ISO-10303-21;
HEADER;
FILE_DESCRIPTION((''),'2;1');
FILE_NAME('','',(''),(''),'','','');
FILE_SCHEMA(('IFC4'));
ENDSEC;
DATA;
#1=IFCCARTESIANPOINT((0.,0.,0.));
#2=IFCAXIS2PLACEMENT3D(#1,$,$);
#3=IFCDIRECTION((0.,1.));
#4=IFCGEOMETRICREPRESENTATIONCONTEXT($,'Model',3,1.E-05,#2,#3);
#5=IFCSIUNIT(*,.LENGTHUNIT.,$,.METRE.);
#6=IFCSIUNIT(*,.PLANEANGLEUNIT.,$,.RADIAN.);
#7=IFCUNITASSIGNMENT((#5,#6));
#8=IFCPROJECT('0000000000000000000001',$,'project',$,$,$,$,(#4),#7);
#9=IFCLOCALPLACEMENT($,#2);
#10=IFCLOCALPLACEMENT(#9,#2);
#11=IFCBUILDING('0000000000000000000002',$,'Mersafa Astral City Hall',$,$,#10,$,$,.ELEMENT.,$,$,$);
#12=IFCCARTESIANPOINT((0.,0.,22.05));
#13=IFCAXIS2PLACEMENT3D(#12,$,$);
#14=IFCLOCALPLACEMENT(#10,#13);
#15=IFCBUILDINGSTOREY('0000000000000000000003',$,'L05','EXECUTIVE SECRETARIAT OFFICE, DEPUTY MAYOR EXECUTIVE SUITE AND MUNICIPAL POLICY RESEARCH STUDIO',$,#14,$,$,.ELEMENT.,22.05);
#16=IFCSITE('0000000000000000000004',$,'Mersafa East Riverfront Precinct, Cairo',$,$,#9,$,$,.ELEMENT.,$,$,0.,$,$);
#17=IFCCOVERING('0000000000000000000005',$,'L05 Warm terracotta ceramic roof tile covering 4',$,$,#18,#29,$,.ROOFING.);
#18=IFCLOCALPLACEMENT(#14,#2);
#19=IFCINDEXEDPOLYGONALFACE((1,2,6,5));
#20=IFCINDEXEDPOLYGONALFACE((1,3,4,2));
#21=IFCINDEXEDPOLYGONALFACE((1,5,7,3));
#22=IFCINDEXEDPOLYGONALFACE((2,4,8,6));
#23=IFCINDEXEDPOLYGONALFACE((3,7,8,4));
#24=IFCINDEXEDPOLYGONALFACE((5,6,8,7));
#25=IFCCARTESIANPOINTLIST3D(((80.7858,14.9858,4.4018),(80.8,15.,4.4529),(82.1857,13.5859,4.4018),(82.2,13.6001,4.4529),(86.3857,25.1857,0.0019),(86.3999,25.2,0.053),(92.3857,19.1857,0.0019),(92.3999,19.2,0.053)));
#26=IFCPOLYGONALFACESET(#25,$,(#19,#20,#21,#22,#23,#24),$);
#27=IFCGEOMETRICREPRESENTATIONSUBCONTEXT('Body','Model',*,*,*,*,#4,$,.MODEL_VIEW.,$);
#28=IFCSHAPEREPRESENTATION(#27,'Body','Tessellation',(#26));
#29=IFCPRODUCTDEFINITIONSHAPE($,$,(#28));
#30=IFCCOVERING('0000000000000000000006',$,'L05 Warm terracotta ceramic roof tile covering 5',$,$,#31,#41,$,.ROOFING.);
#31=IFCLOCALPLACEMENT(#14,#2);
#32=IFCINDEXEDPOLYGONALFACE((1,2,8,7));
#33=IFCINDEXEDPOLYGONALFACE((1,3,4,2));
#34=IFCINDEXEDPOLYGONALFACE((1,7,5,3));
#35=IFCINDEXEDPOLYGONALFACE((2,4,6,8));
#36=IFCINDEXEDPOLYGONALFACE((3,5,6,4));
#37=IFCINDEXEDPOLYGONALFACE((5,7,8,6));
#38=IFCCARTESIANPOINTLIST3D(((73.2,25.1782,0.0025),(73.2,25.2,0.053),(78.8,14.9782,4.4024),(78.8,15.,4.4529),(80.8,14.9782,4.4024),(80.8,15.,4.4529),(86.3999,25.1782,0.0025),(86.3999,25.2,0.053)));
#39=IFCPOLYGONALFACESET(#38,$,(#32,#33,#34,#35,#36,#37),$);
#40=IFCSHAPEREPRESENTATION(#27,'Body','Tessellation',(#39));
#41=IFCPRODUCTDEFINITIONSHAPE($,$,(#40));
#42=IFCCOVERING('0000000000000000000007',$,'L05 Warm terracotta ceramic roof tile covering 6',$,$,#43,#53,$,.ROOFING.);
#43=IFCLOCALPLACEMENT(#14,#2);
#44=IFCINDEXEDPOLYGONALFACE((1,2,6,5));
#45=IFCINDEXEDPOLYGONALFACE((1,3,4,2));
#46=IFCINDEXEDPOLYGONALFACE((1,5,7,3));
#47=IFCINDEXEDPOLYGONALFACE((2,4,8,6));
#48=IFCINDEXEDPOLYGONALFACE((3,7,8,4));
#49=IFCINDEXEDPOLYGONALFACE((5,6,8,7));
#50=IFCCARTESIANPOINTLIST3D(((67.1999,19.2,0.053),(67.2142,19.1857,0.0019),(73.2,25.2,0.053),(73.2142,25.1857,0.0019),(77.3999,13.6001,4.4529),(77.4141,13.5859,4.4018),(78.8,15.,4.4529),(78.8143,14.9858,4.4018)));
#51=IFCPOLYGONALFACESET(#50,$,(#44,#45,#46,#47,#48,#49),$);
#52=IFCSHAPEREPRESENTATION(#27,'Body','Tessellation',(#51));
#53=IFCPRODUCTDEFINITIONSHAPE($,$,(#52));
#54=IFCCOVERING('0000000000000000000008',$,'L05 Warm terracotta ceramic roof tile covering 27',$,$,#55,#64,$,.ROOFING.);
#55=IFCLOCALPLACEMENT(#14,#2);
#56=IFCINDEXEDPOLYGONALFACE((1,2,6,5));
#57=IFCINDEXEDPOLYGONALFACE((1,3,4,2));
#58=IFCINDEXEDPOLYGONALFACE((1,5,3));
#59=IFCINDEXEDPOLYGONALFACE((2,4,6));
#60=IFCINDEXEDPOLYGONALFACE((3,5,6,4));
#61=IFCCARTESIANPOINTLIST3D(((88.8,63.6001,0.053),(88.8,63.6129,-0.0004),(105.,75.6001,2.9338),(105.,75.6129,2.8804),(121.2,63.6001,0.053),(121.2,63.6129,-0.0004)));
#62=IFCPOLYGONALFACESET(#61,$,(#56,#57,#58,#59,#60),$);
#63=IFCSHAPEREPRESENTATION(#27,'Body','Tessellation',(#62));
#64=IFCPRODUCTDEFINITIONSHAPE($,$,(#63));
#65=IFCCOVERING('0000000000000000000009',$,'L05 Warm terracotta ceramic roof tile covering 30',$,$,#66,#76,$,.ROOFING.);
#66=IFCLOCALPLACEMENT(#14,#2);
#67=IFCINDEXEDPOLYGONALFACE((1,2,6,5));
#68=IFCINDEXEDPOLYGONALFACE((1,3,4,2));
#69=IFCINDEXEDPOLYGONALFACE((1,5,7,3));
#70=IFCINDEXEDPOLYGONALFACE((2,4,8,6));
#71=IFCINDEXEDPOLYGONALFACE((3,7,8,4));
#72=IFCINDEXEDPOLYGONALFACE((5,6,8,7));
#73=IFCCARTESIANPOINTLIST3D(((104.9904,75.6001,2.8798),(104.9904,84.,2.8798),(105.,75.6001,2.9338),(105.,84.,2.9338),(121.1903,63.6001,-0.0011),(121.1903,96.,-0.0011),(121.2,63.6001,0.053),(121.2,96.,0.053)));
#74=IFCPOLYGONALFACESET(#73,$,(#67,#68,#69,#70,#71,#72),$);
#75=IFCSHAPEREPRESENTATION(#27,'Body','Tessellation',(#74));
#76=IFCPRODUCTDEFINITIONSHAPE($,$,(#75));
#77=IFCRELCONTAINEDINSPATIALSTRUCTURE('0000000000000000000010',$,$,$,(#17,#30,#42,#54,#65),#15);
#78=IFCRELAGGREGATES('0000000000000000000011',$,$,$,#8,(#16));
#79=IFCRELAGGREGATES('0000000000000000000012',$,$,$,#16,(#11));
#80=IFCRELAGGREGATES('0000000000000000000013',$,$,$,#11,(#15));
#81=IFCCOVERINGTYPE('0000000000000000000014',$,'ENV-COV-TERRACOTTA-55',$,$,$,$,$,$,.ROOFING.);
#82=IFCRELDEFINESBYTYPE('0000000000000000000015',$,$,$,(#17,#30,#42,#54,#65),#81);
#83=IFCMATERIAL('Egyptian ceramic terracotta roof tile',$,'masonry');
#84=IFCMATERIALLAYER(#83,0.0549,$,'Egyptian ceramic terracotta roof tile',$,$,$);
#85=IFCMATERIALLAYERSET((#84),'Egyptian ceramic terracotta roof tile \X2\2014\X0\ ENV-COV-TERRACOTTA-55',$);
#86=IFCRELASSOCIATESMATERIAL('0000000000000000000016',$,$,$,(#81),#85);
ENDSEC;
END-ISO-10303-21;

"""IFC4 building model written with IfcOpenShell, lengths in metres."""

from ifc_helpers import new_model, si_unit, direction, frame, origin, place, context, subcontext, project, spatial, polyline, outline, extrude, material, layer, layer_set, type_object, element, save


model = new_model("IFC4")

# Units and contexts
model_context = context("Model", 3, precision=1e-05, world=origin(), true_north=direction((0.0, 1.0)))
body_context = subcontext(model_context, "Body", "Model", "MODEL_VIEW")
ifc_project = project(units=[si_unit("LENGTHUNIT", "METRE"), si_unit("PLANEANGLEUNIT", "RADIAN")], contexts=[model_context])

# Site, building, storey
site_placement = place(None, origin())
site = spatial("IfcSite", under=ifc_project, at=site_placement, Name="Mersafa East Riverfront Precinct, Cairo", CompositionType="ELEMENT", RefElevation=0.0)
building_placement = place(site_placement, origin())
building = spatial("IfcBuilding", under=site, at=building_placement, Name="Mersafa Astral City Hall", CompositionType="ELEMENT")
storey_placement = place(building_placement, frame((0.0, 0.0, 22.05)))
storey = spatial("IfcBuildingStorey", under=building, at=storey_placement, Name="L05", Description="EXECUTIVE SECRETARIAT OFFICE, DEPUTY MAYOR EXECUTIVE SUITE AND MUNICIPAL POLICY RESEARCH STUDIO", CompositionType="ELEMENT", Elevation=22.05)

# Shared definitions
ifc_material_1 = material(Name="Egyptian ceramic terracotta roof tile", Category="masonry")

# Coverings
ifc_layer_1 = layer(ifc_material_1, 0.0549, Name="Egyptian ceramic terracotta roof tile")
ifc_layer_set_1 = layer_set([ifc_layer_1], Name="Egyptian ceramic terracotta roof tile — ENV-COV-TERRACOTTA-55")
covering_type = type_object("IfcCoveringType", Name="ENV-COV-TERRACOTTA-55", PredefinedType="ROOFING", material=ifc_layer_set_1)
covering_1_placement = place(storey_placement, frame((92.3999, 19.2, 0.053), z_axis=(0.259108, 0.259108, 0.930444), x_axis=(-0.707107, 0.707107, 0.0)))
element("IfcCovering", 1, at=covering_1_placement, inside=storey, type_object=covering_type, Name="L05 Warm terracotta ceramic roof tile covering 4", PredefinedType="ROOFING", context=body_context, shape_type="SweptSolid", body=[
    extrude(outline(polyline([(0.0, 0.0), (8.4853, 0.0), (5.2325, 12.0073), (3.2528, 12.0073), (0.0, 0.0)])), origin(), (0.0, 0.0, -1.0), 0.0549),
])
covering_2_placement = place(storey_placement, frame((86.3999, 25.2, 0.053), z_axis=(0.0, 0.396085, 0.918214), x_axis=(-1.0, 0.0, 0.0)))
element("IfcCovering", 2, at=covering_2_placement, inside=storey, type_object=covering_type, Name="L05 Warm terracotta ceramic roof tile covering 5", PredefinedType="ROOFING", context=body_context, shape_type="SweptSolid", body=[
    extrude(outline(polyline([(0.0, 0.0), (13.2, 0.0), (7.5999, 11.1085), (5.5999, 11.1085), (0.0, 0.0)])), origin(), (0.0, 0.0, -1.0), 0.0549),
])
covering_3_placement = place(storey_placement, frame((73.2, 25.2, 0.053), z_axis=(-0.259102, 0.259111, 0.930445), x_axis=(-0.707108, -0.707105, 0.000006)))
element("IfcCovering", 3, at=covering_3_placement, inside=storey, type_object=covering_type, Name="L05 Warm terracotta ceramic roof tile covering 6", PredefinedType="ROOFING", context=body_context, shape_type="SweptSolid", body=[
    extrude(outline(polyline([(0.0, 0.0), (8.4853, 0.0), (5.2325, 12.0073), (3.2526, 12.0075), (0.0, 0.0)])), origin(), (0.0, 0.0, -1.0), 0.0549),
])
covering_4_placement = place(storey_placement, frame((88.8, 63.6001, 0.053), z_axis=(0.0, -0.233439, 0.972371), x_axis=(1.0, 0.0, 0.0)))
element("IfcCovering", 4, at=covering_4_placement, inside=storey, type_object=covering_type, Name="L05 Warm terracotta ceramic roof tile covering 27", PredefinedType="ROOFING", context=body_context, shape_type="SweptSolid", body=[
    extrude(outline(polyline([(0.0, 0.0), (32.3999, 0.0), (16.2, 12.341), (0.0, 0.0)])), origin(), (0.0, 0.0, -1.0), 0.0549),
])
covering_5_placement = place(storey_placement, frame((121.2, 63.6001, 0.053), z_axis=(0.175084, 0.0, 0.984553), x_axis=(0.0, 1.0, 0.0)))
element("IfcCovering", 5, at=covering_5_placement, inside=storey, type_object=covering_type, Name="L05 Warm terracotta ceramic roof tile covering 30", PredefinedType="ROOFING", context=body_context, shape_type="SweptSolid", body=[
    extrude(outline(polyline([(0.0, 0.0), (32.3999, 0.0), (20.3999, 16.4541), (12.0, 16.4541), (0.0, 0.0)])), origin(), (0.0, 0.0, -1.0), 0.0549),
])

save(model, "model.ifc")
